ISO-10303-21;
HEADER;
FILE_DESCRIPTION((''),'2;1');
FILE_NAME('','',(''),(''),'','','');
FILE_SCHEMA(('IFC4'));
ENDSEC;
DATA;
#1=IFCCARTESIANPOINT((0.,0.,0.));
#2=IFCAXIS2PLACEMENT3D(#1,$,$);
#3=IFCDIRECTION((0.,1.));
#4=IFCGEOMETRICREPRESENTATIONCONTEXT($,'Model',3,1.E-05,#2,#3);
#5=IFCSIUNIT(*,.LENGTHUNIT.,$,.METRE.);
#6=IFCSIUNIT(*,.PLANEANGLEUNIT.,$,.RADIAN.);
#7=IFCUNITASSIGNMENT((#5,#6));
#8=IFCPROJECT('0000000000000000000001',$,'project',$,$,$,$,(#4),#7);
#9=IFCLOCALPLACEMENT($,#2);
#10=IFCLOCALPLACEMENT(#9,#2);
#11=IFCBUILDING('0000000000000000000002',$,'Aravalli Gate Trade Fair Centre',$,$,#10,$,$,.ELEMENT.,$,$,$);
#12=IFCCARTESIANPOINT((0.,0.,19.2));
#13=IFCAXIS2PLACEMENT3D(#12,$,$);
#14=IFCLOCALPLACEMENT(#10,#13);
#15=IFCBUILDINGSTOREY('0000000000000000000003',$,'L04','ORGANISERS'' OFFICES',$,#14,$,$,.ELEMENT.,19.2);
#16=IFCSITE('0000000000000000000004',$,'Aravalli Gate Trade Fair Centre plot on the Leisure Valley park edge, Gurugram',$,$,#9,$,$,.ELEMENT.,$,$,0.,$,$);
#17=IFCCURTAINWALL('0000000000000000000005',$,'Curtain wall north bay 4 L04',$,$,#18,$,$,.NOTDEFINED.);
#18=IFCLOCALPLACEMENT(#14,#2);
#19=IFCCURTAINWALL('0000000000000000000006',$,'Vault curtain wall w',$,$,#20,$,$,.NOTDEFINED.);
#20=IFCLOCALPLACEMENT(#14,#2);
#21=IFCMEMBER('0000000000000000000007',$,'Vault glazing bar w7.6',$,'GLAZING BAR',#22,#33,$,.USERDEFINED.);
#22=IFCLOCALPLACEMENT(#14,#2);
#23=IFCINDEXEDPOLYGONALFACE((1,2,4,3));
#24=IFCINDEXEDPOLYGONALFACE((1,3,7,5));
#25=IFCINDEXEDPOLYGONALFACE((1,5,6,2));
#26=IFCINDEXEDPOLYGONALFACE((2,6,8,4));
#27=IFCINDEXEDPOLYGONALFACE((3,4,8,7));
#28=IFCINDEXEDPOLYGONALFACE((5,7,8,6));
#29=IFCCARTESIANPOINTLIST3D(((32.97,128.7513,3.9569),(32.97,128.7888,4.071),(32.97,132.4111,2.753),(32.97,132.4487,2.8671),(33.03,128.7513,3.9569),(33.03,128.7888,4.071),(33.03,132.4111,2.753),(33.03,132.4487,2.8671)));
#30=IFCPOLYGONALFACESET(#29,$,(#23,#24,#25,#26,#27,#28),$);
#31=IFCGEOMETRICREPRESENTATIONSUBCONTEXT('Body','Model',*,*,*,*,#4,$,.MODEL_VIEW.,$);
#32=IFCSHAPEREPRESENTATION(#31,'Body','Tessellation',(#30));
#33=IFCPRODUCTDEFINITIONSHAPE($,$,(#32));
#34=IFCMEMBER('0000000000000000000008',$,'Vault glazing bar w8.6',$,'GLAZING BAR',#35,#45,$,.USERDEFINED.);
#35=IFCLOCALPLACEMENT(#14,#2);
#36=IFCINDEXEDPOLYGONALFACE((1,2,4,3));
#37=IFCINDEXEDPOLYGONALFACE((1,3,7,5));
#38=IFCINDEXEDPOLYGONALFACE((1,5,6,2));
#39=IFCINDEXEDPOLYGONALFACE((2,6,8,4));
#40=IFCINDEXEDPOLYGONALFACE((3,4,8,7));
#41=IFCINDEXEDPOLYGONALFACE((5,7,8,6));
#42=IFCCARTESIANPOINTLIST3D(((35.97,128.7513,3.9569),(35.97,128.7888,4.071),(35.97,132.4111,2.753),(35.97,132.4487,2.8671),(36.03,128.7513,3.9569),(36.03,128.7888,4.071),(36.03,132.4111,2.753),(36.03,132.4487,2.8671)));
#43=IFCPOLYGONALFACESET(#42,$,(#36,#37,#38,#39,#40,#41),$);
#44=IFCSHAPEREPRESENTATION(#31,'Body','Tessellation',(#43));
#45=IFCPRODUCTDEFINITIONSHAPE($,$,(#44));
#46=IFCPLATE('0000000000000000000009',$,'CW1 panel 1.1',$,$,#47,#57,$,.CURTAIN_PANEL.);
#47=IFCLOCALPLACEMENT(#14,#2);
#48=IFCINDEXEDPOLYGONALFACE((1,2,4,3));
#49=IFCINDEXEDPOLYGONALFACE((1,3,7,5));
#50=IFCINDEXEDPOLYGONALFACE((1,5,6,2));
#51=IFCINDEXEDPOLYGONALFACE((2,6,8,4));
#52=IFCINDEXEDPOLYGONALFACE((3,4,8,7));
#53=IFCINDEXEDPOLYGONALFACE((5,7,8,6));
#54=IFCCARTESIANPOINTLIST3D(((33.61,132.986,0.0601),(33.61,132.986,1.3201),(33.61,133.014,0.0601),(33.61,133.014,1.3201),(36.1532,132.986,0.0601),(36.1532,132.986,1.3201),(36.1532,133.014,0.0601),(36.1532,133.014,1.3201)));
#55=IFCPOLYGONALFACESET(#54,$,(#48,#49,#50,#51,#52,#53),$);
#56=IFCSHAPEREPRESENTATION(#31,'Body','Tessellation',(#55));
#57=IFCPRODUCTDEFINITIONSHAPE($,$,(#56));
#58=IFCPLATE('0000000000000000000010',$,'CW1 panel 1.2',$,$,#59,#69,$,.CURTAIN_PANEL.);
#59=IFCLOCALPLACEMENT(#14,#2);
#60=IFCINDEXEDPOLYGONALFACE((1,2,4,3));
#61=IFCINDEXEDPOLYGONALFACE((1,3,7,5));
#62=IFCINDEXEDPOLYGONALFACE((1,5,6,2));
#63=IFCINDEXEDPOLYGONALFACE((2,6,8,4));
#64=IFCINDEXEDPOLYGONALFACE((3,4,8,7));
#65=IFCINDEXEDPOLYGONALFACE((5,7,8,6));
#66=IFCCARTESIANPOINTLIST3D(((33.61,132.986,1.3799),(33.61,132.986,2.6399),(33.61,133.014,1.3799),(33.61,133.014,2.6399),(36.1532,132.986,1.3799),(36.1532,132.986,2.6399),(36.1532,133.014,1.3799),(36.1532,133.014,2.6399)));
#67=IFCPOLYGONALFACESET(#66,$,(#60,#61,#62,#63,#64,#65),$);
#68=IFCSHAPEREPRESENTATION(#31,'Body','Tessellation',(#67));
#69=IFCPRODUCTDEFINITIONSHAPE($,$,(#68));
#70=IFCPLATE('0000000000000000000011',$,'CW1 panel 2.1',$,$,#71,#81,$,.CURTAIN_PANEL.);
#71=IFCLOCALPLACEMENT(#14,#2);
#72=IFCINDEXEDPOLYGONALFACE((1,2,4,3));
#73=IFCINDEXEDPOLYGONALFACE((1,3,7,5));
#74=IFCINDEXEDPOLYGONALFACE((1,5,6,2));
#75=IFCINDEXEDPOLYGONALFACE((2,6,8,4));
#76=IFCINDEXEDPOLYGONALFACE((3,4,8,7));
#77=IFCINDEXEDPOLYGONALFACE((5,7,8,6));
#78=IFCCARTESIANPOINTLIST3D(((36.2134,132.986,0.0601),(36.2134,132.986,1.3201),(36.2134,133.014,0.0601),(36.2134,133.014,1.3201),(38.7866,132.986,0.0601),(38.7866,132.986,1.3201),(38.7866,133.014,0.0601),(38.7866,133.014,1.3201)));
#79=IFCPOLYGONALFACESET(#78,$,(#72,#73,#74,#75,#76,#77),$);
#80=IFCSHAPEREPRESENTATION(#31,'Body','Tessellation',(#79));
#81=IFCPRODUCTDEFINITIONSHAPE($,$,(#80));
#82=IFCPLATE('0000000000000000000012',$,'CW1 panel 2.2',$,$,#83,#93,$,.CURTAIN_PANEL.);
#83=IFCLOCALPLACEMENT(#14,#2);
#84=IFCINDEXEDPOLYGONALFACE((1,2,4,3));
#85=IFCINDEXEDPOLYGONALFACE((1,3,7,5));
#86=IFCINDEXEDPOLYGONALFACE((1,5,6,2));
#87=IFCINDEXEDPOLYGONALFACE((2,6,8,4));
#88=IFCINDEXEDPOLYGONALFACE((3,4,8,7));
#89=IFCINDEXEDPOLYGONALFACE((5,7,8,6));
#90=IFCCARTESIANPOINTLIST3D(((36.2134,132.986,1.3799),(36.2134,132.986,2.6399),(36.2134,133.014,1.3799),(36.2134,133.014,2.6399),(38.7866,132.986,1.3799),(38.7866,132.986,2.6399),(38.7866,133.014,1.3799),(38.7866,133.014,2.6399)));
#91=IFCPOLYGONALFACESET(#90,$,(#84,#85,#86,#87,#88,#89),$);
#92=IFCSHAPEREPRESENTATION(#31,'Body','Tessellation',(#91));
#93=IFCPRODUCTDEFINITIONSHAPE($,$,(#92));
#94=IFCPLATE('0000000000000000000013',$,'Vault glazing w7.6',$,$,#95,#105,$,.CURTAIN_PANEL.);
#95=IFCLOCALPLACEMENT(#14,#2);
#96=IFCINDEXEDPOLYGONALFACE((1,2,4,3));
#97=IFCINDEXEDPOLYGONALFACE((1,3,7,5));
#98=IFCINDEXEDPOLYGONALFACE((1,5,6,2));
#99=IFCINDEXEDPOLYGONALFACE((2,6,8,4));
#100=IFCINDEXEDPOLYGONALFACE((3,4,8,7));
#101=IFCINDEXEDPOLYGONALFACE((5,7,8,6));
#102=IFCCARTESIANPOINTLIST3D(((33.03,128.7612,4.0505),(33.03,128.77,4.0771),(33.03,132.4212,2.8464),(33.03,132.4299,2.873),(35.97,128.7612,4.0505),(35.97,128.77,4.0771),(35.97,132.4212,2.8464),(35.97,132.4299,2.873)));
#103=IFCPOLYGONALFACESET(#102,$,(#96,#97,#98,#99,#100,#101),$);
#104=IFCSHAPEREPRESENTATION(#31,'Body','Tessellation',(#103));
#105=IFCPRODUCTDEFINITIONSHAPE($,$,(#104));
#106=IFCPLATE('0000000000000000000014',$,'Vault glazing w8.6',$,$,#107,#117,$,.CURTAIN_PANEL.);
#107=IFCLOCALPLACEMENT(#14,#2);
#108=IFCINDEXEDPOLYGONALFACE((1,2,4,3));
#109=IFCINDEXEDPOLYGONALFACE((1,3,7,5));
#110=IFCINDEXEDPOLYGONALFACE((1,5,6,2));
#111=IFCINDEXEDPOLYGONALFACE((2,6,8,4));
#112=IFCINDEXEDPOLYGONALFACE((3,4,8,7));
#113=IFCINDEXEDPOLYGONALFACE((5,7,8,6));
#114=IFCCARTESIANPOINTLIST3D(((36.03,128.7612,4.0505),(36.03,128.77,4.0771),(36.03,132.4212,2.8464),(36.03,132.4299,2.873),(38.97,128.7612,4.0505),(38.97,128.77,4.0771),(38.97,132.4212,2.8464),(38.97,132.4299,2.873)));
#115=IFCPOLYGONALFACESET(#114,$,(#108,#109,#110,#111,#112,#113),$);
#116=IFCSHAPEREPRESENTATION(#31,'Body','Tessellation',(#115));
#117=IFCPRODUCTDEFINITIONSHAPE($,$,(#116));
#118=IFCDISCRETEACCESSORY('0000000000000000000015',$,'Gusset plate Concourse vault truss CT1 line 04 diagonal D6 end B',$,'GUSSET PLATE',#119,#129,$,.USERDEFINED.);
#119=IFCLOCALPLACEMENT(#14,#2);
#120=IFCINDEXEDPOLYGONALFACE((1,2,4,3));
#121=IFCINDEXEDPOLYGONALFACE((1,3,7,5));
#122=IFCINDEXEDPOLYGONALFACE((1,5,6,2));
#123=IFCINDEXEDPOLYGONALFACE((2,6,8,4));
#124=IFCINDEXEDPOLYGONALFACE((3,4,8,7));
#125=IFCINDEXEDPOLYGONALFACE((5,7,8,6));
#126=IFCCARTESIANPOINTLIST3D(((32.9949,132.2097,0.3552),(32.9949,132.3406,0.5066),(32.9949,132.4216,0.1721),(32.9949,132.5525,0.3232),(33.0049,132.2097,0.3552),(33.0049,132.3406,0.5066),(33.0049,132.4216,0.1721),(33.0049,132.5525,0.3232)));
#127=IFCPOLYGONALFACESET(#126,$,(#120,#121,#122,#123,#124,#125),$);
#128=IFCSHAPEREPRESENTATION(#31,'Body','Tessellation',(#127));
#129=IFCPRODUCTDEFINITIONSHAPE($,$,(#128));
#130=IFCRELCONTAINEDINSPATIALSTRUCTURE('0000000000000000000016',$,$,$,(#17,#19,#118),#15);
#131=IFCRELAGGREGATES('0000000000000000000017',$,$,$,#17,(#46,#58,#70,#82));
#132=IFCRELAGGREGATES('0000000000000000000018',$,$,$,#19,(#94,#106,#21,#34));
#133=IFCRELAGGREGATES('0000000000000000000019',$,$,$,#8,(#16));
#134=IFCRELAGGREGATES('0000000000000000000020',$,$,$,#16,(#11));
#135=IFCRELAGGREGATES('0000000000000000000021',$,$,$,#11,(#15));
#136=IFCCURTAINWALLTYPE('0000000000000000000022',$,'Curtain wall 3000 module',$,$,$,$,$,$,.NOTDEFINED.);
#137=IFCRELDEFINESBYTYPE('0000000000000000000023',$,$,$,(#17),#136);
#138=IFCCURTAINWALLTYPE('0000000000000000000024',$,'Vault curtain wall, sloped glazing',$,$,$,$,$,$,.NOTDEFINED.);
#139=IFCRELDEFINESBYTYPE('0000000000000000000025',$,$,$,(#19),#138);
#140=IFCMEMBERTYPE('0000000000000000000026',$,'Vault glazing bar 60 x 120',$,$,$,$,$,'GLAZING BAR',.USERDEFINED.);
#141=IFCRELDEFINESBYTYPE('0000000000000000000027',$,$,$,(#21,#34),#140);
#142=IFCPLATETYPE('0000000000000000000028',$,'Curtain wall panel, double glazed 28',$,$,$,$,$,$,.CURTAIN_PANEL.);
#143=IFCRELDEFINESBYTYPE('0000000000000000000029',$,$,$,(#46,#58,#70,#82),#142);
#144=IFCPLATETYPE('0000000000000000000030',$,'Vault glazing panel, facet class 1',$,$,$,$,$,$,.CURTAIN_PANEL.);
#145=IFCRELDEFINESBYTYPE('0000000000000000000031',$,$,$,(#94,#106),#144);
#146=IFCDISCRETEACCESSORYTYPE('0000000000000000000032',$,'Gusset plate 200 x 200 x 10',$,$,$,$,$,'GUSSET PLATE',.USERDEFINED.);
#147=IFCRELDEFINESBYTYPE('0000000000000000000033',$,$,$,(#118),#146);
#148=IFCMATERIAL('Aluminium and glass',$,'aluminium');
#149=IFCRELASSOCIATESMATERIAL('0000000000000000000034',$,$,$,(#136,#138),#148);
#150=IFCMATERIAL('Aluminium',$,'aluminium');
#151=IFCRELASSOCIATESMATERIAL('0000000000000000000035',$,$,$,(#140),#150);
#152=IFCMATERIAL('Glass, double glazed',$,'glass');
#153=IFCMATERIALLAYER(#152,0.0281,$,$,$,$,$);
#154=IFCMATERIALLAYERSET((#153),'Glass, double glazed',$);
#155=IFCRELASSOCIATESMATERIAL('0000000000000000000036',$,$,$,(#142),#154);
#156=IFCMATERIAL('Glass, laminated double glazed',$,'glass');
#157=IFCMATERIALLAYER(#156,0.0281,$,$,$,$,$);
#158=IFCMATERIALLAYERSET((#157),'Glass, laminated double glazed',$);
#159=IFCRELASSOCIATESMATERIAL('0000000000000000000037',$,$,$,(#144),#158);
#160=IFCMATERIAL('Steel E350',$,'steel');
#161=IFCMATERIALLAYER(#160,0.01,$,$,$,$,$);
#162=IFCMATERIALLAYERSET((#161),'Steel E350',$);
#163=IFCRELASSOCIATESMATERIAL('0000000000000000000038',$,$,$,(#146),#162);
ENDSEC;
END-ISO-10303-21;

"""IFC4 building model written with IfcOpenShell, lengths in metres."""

from ifc_helpers import new_model, si_unit, direction, frame, origin, origin_2d, place, context, subcontext, project, spatial, polyline, rectangle, outline, extrude, material, layer, layer_set, material_profile, profile_set, type_object, element, aggregate, save


model = new_model("IFC4")

# Units and contexts
model_context = context("Model", 3, precision=1e-05, world=origin(), true_north=direction((0.0, 1.0)))
body_context = subcontext(model_context, "Body", "Model", "MODEL_VIEW")
ifc_project = project(units=[si_unit("LENGTHUNIT", "METRE"), si_unit("PLANEANGLEUNIT", "RADIAN")], contexts=[model_context])

# Site, building, storey
site_placement = place(None, origin())
site = spatial("IfcSite", under=ifc_project, at=site_placement, Name="Aravalli Gate Trade Fair Centre plot on the Leisure Valley park edge, Gurugram", CompositionType="ELEMENT", RefElevation=0.0)
building_placement = place(site_placement, origin())
building = spatial("IfcBuilding", under=site, at=building_placement, Name="Aravalli Gate Trade Fair Centre", CompositionType="ELEMENT")
storey_placement = place(building_placement, frame((0.0, 0.0, 19.2)))
storey = spatial("IfcBuildingStorey", under=building, at=storey_placement, Name="L04", Description="ORGANISERS' OFFICES", CompositionType="ELEMENT", Elevation=19.2)

# Curtain wall
ifc_material_1 = material(Name="Aluminium and glass", Category="aluminium")
curtain_wall_type_1 = type_object("IfcCurtainWallType", Name="Curtain wall 3000 module", PredefinedType="NOTDEFINED", material=ifc_material_1)
curtain_wall_1_placement = place(storey_placement, origin())
curtain_wall_1 = element("IfcCurtainWall", 1, at=curtain_wall_1_placement, inside=storey, type_object=curtain_wall_type_1, Name="Curtain wall north bay 4 L04", PredefinedType="NOTDEFINED")
ifc_material_2 = material(Name="Aluminium", Category="aluminium")

# Shared definitions
ifc_material_3 = material(Name="Steel E350", Category="steel")

# Curtain wall, members
curtain_wall_type_2 = type_object("IfcCurtainWallType", Name="Vault curtain wall, sloped glazing", PredefinedType="NOTDEFINED", material=ifc_material_1)
curtain_wall_2_placement = place(storey_placement, origin())
curtain_wall_2 = element("IfcCurtainWall", 2, at=curtain_wall_2_placement, inside=storey, type_object=curtain_wall_type_2, Name="Vault curtain wall w", PredefinedType="NOTDEFINED")
ifc_material_profile_1 = material_profile(ifc_material_2, rectangle(XDim=0.0601, YDim=0.1201, at=origin_2d()), Name="Vault glazing bar 60 x 120")
ifc_profile_set_1 = profile_set([ifc_material_profile_1], Name="Aluminium")
member_type_1 = type_object("IfcMemberType", Name="Vault glazing bar 60 x 120", ElementType="GLAZING BAR", PredefinedType="USERDEFINED", material=ifc_profile_set_1)
member_1_placement = place(storey_placement, frame((33.0, 128.77, 4.0139), z_axis=(0.0, 0.94993, -0.312461), x_axis=(-1.0, 0.0, 0.0)))
member_1 = element("IfcMember", 3, at=member_1_placement, type_object=member_type_1, Name="Vault glazing bar w7.6", ObjectType="GLAZING BAR", PredefinedType="USERDEFINED", context=body_context, shape_type="SweptSolid", body=[
    extrude(rectangle(XDim=0.0601, YDim=0.1201, at=origin_2d()), origin(), (0.0, 0.0, 1.0), 3.8528),
])
member_2_placement = place(storey_placement, frame((36.0, 128.77, 4.0139), z_axis=(0.0, 0.94993, -0.312461), x_axis=(-1.0, 0.0, 0.0)))
member_2 = element("IfcMember", 4, at=member_2_placement, type_object=member_type_1, Name="Vault glazing bar w8.6", ObjectType="GLAZING BAR", PredefinedType="USERDEFINED", context=body_context, shape_type="SweptSolid", body=[
    extrude(rectangle(XDim=0.0601, YDim=0.1201, at=origin_2d()), origin(), (0.0, 0.0, 1.0), 3.8528),
])

# Plates
ifc_material_4 = material(Name="Glass, double glazed", Category="glass")
ifc_layer_1 = layer(ifc_material_4, 0.0281)
ifc_layer_set_1 = layer_set([ifc_layer_1], Name="Glass, double glazed")
plate_type_1 = type_object("IfcPlateType", Name="Curtain wall panel, double glazed 28", PredefinedType="CURTAIN_PANEL", material=ifc_layer_set_1)
plate_1_placement = place(storey_placement, frame((34.8816, 133.0, 0.0601), z_axis=(0.0, 0.0, 1.0), x_axis=(1.0, 0.0, 0.0)))
plate_1 = element("IfcPlate", 5, at=plate_1_placement, type_object=plate_type_1, Name="CW1 panel 1.1", PredefinedType="CURTAIN_PANEL", context=body_context, shape_type="SweptSolid", body=[
    extrude(rectangle(XDim=2.5432, YDim=0.0281, at=origin_2d()), origin(), (0.0, 0.0, 1.0), 1.26),
])
plate_2_placement = place(storey_placement, frame((34.8816, 133.0, 1.3799), z_axis=(0.0, 0.0, 1.0), x_axis=(1.0, 0.0, 0.0)))
plate_2 = element("IfcPlate", 6, at=plate_2_placement, type_object=plate_type_1, Name="CW1 panel 1.2", PredefinedType="CURTAIN_PANEL", context=body_context, shape_type="SweptSolid", body=[
    extrude(rectangle(XDim=2.5432, YDim=0.0281, at=origin_2d()), origin(), (0.0, 0.0, 1.0), 1.26),
])
plate_3_placement = place(storey_placement, frame((37.5, 133.0, 0.0601), z_axis=(0.0, 0.0, 1.0), x_axis=(1.0, 0.0, 0.0)))
plate_3 = element("IfcPlate", 7, at=plate_3_placement, type_object=plate_type_1, Name="CW1 panel 2.1", PredefinedType="CURTAIN_PANEL", context=body_context, shape_type="SweptSolid", body=[
    extrude(rectangle(XDim=2.5732, YDim=0.0281, at=origin_2d()), origin(), (0.0, 0.0, 1.0), 1.26),
])
plate_4_placement = place(storey_placement, frame((37.5, 133.0, 1.3799), z_axis=(0.0, 0.0, 1.0), x_axis=(1.0, 0.0, 0.0)))
plate_4 = element("IfcPlate", 8, at=plate_4_placement, type_object=plate_type_1, Name="CW1 panel 2.2", PredefinedType="CURTAIN_PANEL", context=body_context, shape_type="SweptSolid", body=[
    extrude(rectangle(XDim=2.5732, YDim=0.0281, at=origin_2d()), origin(), (0.0, 0.0, 1.0), 1.26),
])
aggregate(curtain_wall_1, [plate_1, plate_2, plate_3, plate_4])
ifc_material_5 = material(Name="Glass, laminated double glazed", Category="glass")
ifc_layer_2 = layer(ifc_material_5, 0.0281)
ifc_layer_set_2 = layer_set([ifc_layer_2], Name="Glass, laminated double glazed")
plate_type_2 = type_object("IfcPlateType", Name="Vault glazing panel, facet class 1", PredefinedType="CURTAIN_PANEL", material=ifc_layer_set_2)
plate_5_placement = place(storey_placement, frame((33.03, 128.77, 4.0771), z_axis=(0.0, 0.312518, 0.949912), x_axis=(1.0, 0.0, 0.0)))
plate_5 = element("IfcPlate", 9, at=plate_5_placement, type_object=plate_type_2, Name="Vault glazing w7.6", PredefinedType="CURTAIN_PANEL", context=body_context, shape_type="SweptSolid", body=[
    extrude(outline(polyline([(0.0, 0.0), (2.9399, 0.0), (2.9399, 3.8529), (0.0, 3.8529), (0.0, 0.0)])), origin(), (0.0, 0.0, -1.0), 0.0281),
])
plate_6_placement = place(storey_placement, frame((36.03, 128.77, 4.0771), z_axis=(0.0, 0.312518, 0.949912), x_axis=(1.0, 0.0, 0.0)))
plate_6 = element("IfcPlate", 10, at=plate_6_placement, type_object=plate_type_2, Name="Vault glazing w8.6", PredefinedType="CURTAIN_PANEL", context=body_context, shape_type="SweptSolid", body=[
    extrude(outline(polyline([(0.0, 0.0), (2.9399, 0.0), (2.9399, 3.8529), (0.0, 3.8529), (0.0, 0.0)])), origin(), (0.0, 0.0, -1.0), 0.0281),
])
aggregate(curtain_wall_2, [plate_5, plate_6, member_1, member_2])

# Discrete accessory
ifc_layer_3 = layer(ifc_material_3, 0.01)
ifc_layer_set_3 = layer_set([ifc_layer_3], Name="Steel E350")
discrete_accessory_type = type_object("IfcDiscreteAccessoryType", Name="Gusset plate 200 x 200 x 10", ElementType="GUSSET PLATE", PredefinedType="USERDEFINED", material=ifc_layer_set_3)
discrete_accessory_placement = place(storey_placement, frame((33.0049, 132.2097, 0.3552), z_axis=(1.0, 0.0, 0.0), x_axis=(0.0, 0.756666, -0.653801)))
element("IfcDiscreteAccessory", 11, at=discrete_accessory_placement, inside=storey, type_object=discrete_accessory_type, Name="Gusset plate Concourse vault truss CT1 line 04 diagonal D6 end B", ObjectType="GUSSET PLATE", PredefinedType="USERDEFINED", context=body_context, shape_type="SweptSolid", body=[
    extrude(outline(polyline([(0.0, 0.0), (0.2801, 0.0), (0.2803, 0.1999), (0.0001, 0.2001), (0.0, 0.0)])), origin(), (0.0, 0.0, -1.0), 0.01),
])

save(model, "model.ifc")
